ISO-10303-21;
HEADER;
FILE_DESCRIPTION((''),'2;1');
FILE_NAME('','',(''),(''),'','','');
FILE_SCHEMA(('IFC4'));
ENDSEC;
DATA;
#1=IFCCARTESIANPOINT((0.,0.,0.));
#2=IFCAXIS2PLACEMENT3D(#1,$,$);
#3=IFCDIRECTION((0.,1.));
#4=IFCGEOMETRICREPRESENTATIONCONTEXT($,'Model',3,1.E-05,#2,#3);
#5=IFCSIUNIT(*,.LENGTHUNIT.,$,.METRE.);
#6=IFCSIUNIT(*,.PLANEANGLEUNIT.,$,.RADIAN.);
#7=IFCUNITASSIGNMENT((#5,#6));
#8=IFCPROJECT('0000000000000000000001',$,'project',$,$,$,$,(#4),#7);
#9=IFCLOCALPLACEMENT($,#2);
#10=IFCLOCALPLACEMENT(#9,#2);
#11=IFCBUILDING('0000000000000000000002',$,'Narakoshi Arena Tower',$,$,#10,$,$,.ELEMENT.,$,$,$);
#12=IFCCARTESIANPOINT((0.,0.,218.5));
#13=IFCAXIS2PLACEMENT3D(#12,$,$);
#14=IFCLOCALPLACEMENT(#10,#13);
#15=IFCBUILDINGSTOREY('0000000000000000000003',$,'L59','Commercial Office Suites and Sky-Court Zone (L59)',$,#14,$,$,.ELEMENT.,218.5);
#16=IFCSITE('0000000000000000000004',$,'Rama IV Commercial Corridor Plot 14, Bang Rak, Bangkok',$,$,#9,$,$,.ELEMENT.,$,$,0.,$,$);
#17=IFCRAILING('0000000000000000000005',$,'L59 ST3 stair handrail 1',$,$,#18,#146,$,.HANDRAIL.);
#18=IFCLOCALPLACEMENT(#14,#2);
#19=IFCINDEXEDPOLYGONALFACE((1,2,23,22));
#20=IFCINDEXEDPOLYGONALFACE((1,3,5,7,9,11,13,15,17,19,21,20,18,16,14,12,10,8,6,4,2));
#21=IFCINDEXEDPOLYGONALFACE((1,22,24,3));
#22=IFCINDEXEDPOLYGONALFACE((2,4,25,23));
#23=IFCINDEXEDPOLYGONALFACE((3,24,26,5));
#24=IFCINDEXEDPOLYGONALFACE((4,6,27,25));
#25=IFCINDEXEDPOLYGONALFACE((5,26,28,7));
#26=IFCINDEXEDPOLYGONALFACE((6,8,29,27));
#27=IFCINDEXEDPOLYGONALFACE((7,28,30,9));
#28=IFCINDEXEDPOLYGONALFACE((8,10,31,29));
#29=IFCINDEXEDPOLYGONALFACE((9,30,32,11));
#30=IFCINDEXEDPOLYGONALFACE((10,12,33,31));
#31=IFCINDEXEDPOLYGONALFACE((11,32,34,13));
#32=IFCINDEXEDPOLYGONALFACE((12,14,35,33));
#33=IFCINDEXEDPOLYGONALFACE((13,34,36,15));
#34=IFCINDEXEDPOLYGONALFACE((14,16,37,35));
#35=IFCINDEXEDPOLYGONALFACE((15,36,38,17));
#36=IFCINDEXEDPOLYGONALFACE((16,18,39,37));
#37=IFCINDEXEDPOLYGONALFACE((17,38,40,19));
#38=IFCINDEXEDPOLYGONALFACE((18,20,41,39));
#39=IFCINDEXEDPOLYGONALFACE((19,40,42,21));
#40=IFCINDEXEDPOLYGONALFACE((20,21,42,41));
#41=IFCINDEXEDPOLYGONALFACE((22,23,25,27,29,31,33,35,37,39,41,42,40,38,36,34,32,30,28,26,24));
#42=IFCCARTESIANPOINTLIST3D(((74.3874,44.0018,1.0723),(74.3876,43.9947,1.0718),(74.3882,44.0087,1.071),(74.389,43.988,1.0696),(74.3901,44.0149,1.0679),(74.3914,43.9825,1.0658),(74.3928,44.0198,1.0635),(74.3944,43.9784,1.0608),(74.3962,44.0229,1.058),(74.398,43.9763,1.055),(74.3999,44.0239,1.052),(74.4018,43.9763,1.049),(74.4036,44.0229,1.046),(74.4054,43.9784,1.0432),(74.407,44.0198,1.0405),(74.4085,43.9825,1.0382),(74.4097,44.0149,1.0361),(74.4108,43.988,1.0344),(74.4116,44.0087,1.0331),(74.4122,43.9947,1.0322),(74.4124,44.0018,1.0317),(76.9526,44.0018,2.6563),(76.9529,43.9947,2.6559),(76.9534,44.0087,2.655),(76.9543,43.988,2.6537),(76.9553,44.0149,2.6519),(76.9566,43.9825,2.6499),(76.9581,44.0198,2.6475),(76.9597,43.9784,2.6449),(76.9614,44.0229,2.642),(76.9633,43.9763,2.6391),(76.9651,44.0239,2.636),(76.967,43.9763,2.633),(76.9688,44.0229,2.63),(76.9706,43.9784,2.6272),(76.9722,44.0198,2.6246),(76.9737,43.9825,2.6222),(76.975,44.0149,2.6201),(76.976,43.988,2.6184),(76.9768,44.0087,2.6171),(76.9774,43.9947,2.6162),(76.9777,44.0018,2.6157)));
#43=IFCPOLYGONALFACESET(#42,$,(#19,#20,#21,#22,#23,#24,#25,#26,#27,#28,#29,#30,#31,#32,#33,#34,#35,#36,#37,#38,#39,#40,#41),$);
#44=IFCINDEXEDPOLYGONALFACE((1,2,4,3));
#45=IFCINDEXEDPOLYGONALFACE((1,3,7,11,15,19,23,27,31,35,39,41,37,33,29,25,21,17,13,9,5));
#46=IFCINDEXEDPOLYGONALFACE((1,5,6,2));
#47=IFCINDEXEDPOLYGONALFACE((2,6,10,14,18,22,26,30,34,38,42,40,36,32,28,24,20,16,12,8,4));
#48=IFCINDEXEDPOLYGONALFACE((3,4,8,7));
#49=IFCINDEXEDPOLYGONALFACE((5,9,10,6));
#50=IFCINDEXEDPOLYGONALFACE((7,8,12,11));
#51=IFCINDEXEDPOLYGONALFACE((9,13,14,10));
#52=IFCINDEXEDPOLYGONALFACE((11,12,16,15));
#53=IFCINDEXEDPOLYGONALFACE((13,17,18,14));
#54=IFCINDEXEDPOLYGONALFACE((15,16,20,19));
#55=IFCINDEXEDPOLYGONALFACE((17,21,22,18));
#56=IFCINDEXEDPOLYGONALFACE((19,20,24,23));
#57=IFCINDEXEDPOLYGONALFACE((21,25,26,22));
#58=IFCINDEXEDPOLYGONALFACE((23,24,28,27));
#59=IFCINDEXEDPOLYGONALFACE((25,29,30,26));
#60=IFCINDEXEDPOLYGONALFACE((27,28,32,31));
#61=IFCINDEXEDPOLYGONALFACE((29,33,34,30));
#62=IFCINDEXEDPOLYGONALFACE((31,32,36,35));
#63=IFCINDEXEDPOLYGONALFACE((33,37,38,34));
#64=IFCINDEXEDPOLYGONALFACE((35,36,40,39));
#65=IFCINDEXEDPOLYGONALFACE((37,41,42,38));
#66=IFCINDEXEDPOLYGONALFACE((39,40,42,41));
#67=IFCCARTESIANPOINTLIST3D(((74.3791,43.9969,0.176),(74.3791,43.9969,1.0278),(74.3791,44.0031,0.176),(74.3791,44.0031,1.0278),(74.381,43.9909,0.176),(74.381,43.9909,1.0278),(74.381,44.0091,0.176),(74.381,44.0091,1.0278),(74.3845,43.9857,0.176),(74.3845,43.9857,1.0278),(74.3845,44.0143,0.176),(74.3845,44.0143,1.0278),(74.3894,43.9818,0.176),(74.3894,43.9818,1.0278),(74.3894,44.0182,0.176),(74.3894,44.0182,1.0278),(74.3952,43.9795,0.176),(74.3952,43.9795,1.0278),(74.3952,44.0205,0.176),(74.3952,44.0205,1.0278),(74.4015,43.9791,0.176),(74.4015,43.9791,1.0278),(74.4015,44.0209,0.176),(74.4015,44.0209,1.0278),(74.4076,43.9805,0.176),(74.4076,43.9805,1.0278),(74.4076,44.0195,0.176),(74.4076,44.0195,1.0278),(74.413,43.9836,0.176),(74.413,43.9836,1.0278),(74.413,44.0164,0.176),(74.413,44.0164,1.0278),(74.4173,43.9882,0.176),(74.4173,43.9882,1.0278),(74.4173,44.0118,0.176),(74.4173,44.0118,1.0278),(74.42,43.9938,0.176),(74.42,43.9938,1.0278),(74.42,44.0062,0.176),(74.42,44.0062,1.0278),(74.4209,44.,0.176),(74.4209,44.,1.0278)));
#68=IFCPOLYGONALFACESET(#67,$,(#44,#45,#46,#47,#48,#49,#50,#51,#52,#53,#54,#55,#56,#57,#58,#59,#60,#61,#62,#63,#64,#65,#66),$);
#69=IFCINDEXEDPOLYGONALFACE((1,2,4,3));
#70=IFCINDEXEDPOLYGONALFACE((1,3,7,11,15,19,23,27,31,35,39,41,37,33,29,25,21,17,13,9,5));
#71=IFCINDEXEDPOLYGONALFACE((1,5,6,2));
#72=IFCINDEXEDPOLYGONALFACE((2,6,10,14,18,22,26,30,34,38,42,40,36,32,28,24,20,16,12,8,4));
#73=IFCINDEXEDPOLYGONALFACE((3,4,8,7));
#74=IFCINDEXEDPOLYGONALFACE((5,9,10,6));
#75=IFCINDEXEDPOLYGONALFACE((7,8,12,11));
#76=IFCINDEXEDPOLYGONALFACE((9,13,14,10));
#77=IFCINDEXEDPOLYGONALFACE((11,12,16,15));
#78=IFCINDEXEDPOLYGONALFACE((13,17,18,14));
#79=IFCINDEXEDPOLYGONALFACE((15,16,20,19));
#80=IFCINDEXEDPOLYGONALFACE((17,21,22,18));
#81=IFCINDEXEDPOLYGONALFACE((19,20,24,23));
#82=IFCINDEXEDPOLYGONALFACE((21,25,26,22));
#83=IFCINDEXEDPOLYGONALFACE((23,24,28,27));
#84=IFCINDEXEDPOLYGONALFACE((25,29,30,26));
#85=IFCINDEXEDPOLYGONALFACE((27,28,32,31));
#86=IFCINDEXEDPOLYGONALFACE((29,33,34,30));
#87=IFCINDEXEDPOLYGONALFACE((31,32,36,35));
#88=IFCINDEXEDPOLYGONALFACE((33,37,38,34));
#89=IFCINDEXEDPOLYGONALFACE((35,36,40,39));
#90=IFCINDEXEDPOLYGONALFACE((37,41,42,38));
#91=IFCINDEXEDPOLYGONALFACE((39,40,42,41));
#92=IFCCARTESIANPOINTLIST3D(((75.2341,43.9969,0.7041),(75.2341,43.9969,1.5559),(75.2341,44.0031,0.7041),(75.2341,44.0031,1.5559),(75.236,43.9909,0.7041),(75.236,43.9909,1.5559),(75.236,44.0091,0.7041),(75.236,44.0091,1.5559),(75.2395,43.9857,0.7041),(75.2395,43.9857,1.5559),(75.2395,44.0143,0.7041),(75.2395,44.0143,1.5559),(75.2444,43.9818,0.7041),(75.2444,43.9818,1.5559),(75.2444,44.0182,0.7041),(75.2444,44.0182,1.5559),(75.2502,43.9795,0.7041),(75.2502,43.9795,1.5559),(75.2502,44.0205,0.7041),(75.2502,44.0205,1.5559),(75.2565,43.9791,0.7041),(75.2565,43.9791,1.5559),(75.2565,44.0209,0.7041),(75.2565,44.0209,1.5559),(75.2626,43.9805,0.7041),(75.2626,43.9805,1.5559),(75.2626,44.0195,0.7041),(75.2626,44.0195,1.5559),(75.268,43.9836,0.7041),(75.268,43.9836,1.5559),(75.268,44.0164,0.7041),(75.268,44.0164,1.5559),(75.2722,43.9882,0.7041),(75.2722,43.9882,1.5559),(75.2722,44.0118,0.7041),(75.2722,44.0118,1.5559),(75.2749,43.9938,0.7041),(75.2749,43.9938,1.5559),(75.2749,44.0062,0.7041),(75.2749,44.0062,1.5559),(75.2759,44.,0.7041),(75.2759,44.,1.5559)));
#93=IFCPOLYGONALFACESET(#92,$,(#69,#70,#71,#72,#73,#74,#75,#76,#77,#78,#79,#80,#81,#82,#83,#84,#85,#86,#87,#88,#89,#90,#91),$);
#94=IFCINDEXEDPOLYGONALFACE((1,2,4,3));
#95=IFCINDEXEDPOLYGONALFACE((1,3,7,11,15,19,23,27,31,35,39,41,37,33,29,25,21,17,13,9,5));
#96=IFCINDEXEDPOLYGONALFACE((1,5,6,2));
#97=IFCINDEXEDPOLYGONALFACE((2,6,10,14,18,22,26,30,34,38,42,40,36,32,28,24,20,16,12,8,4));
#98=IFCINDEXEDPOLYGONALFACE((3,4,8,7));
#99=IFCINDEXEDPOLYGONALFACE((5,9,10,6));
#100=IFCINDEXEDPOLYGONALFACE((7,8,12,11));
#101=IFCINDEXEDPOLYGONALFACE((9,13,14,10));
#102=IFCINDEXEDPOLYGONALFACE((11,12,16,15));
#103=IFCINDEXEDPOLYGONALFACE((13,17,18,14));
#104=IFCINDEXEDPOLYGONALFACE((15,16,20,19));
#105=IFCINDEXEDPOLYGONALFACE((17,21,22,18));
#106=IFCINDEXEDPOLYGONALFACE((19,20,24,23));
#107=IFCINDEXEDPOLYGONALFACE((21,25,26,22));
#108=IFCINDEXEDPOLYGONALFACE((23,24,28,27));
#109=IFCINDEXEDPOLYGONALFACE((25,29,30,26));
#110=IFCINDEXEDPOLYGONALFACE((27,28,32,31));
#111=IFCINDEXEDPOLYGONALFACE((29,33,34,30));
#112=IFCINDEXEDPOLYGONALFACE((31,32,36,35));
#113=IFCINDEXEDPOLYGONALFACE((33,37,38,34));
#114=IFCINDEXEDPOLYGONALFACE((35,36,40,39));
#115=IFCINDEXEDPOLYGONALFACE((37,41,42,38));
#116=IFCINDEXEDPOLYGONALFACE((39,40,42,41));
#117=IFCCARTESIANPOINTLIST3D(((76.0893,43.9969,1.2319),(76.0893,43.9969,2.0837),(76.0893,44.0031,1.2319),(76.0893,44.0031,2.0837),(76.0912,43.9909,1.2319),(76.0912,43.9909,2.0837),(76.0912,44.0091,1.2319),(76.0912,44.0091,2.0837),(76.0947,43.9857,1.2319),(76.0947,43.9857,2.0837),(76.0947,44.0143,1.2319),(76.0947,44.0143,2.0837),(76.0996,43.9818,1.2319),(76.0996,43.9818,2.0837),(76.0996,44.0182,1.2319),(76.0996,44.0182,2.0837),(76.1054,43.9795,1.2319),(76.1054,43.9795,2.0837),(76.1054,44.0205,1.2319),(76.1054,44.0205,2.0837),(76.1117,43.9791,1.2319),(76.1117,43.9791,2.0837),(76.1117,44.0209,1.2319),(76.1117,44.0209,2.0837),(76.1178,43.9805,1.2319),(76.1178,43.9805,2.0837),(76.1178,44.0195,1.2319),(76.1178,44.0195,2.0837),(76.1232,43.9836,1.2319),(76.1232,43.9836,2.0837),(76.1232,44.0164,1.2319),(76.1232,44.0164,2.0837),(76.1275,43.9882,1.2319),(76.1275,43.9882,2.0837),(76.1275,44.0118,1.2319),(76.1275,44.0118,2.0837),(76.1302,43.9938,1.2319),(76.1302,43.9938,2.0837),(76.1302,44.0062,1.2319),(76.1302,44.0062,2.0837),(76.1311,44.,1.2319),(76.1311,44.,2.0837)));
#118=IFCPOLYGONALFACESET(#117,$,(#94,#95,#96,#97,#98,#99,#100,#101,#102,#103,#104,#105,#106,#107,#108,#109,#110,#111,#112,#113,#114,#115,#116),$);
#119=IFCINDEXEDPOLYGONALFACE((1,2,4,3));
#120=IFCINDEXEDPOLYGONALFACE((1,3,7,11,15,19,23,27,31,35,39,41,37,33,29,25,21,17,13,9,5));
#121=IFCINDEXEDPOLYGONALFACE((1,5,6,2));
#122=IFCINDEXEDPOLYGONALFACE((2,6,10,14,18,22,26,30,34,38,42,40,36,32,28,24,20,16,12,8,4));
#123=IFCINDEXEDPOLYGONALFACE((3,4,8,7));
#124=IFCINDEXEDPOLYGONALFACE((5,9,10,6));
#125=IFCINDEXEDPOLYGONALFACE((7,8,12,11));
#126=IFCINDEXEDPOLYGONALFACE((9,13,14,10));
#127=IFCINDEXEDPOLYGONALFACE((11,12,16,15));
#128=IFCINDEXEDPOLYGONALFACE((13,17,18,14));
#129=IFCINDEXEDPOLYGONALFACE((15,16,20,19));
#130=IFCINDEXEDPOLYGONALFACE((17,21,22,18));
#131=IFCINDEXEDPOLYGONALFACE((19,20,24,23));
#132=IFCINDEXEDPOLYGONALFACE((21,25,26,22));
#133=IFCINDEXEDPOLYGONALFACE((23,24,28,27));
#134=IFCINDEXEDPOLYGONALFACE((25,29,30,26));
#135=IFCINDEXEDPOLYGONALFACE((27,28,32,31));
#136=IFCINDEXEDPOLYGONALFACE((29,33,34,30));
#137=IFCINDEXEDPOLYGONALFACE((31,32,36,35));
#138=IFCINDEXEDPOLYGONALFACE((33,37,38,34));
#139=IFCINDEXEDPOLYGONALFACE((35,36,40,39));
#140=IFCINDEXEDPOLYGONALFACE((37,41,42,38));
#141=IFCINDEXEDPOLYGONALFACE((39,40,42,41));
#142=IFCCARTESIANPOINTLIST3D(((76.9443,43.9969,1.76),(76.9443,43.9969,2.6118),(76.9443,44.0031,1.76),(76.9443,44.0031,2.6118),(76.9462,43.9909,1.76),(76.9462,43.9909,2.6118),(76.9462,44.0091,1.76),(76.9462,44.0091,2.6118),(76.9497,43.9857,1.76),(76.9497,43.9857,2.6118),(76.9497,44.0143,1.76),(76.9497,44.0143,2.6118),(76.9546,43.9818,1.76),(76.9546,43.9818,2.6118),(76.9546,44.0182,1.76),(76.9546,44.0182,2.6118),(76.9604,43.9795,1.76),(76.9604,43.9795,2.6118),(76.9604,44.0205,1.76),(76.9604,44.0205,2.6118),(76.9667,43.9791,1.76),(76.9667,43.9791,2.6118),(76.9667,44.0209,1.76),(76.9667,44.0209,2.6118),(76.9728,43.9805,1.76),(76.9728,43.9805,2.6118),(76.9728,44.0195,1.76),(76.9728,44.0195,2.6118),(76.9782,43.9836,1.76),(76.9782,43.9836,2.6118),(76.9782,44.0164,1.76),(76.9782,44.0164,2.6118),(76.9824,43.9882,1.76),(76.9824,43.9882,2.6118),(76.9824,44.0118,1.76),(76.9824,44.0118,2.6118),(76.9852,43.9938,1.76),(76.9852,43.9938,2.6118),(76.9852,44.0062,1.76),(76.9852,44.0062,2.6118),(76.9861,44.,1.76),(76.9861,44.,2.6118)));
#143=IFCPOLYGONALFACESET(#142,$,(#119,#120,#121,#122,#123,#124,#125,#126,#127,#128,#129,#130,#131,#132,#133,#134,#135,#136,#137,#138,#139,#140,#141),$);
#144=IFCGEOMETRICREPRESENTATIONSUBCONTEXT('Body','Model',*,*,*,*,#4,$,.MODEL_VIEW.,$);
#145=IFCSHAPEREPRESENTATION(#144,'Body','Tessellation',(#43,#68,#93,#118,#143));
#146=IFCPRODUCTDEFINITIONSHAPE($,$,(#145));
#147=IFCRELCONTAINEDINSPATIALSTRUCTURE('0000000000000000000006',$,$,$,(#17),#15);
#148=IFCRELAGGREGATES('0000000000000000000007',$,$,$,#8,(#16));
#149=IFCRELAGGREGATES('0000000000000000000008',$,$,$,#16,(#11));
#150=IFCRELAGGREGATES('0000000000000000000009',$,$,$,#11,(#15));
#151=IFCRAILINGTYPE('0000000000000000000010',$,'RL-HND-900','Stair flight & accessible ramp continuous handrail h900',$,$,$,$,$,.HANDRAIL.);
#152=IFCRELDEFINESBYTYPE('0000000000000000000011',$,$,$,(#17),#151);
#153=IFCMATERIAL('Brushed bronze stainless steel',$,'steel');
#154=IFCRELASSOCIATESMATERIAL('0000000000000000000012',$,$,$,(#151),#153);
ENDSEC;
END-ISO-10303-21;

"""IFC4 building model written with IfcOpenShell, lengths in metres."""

from ifc_helpers import new_model, si_unit, direction, frame, origin, origin_2d, place, context, subcontext, project, spatial, circle, extrude, material, type_object, element, save


model = new_model("IFC4")

# Units and contexts
model_context = context("Model", 3, precision=1e-05, world=origin(), true_north=direction((0.0, 1.0)))
body_context = subcontext(model_context, "Body", "Model", "MODEL_VIEW")
ifc_project = project(units=[si_unit("LENGTHUNIT", "METRE"), si_unit("PLANEANGLEUNIT", "RADIAN")], contexts=[model_context])

# Site, building, storey
site_placement = place(None, origin())
site = spatial("IfcSite", under=ifc_project, at=site_placement, Name="Rama IV Commercial Corridor Plot 14, Bang Rak, Bangkok", CompositionType="ELEMENT", RefElevation=0.0)
building_placement = place(site_placement, origin())
building = spatial("IfcBuilding", under=site, at=building_placement, Name="Narakoshi Arena Tower", CompositionType="ELEMENT")
storey_placement = place(building_placement, frame((0.0, 0.0, 218.5)))
storey = spatial("IfcBuildingStorey", under=building, at=storey_placement, Name="L59", Description="Commercial Office Suites and Sky-Court Zone (L59)", CompositionType="ELEMENT", Elevation=218.5)

# Railing
ifc_material_1 = material(Name="Brushed bronze stainless steel", Category="steel")
railing_type_1 = type_object("IfcRailingType", Name="RL-HND-900", Description="Stair flight & accessible ramp continuous handrail h900", PredefinedType="HANDRAIL", material=ifc_material_1)
railing_1_placement = place(storey_placement, frame((74.3999, 44.0, 0.176)))
element("IfcRailing", 1, at=railing_1_placement, inside=storey, type_object=railing_type_1, Name="L59 ST3 stair handrail 1", PredefinedType="HANDRAIL", context=body_context, shape_type="SweptSolid", body=[
    extrude(circle(Radius=0.0239, at=origin_2d()), frame((0.0, 0.0, 0.876), z_axis=(0.850857, 0.0, 0.525398), x_axis=(0.0, 1.0, 0.0)), (0.0, 0.0, 1.0), 3.0149),
    extrude(circle(Radius=0.021, at=origin_2d()), origin(), (0.0, 0.0, 1.0), 0.8518),
    extrude(circle(Radius=0.021, at=origin_2d()), frame((0.855, 0.0, 0.5281)), (0.0, 0.0, 1.0), 0.8518),
    extrude(circle(Radius=0.021, at=origin_2d()), frame((1.7102, 0.0, 1.0559)), (0.0, 0.0, 1.0), 0.8518),
    extrude(circle(Radius=0.021, at=origin_2d()), frame((2.5652, 0.0, 1.584)), (0.0, 0.0, 1.0), 0.8518),
])

save(model, "model.ifc")
